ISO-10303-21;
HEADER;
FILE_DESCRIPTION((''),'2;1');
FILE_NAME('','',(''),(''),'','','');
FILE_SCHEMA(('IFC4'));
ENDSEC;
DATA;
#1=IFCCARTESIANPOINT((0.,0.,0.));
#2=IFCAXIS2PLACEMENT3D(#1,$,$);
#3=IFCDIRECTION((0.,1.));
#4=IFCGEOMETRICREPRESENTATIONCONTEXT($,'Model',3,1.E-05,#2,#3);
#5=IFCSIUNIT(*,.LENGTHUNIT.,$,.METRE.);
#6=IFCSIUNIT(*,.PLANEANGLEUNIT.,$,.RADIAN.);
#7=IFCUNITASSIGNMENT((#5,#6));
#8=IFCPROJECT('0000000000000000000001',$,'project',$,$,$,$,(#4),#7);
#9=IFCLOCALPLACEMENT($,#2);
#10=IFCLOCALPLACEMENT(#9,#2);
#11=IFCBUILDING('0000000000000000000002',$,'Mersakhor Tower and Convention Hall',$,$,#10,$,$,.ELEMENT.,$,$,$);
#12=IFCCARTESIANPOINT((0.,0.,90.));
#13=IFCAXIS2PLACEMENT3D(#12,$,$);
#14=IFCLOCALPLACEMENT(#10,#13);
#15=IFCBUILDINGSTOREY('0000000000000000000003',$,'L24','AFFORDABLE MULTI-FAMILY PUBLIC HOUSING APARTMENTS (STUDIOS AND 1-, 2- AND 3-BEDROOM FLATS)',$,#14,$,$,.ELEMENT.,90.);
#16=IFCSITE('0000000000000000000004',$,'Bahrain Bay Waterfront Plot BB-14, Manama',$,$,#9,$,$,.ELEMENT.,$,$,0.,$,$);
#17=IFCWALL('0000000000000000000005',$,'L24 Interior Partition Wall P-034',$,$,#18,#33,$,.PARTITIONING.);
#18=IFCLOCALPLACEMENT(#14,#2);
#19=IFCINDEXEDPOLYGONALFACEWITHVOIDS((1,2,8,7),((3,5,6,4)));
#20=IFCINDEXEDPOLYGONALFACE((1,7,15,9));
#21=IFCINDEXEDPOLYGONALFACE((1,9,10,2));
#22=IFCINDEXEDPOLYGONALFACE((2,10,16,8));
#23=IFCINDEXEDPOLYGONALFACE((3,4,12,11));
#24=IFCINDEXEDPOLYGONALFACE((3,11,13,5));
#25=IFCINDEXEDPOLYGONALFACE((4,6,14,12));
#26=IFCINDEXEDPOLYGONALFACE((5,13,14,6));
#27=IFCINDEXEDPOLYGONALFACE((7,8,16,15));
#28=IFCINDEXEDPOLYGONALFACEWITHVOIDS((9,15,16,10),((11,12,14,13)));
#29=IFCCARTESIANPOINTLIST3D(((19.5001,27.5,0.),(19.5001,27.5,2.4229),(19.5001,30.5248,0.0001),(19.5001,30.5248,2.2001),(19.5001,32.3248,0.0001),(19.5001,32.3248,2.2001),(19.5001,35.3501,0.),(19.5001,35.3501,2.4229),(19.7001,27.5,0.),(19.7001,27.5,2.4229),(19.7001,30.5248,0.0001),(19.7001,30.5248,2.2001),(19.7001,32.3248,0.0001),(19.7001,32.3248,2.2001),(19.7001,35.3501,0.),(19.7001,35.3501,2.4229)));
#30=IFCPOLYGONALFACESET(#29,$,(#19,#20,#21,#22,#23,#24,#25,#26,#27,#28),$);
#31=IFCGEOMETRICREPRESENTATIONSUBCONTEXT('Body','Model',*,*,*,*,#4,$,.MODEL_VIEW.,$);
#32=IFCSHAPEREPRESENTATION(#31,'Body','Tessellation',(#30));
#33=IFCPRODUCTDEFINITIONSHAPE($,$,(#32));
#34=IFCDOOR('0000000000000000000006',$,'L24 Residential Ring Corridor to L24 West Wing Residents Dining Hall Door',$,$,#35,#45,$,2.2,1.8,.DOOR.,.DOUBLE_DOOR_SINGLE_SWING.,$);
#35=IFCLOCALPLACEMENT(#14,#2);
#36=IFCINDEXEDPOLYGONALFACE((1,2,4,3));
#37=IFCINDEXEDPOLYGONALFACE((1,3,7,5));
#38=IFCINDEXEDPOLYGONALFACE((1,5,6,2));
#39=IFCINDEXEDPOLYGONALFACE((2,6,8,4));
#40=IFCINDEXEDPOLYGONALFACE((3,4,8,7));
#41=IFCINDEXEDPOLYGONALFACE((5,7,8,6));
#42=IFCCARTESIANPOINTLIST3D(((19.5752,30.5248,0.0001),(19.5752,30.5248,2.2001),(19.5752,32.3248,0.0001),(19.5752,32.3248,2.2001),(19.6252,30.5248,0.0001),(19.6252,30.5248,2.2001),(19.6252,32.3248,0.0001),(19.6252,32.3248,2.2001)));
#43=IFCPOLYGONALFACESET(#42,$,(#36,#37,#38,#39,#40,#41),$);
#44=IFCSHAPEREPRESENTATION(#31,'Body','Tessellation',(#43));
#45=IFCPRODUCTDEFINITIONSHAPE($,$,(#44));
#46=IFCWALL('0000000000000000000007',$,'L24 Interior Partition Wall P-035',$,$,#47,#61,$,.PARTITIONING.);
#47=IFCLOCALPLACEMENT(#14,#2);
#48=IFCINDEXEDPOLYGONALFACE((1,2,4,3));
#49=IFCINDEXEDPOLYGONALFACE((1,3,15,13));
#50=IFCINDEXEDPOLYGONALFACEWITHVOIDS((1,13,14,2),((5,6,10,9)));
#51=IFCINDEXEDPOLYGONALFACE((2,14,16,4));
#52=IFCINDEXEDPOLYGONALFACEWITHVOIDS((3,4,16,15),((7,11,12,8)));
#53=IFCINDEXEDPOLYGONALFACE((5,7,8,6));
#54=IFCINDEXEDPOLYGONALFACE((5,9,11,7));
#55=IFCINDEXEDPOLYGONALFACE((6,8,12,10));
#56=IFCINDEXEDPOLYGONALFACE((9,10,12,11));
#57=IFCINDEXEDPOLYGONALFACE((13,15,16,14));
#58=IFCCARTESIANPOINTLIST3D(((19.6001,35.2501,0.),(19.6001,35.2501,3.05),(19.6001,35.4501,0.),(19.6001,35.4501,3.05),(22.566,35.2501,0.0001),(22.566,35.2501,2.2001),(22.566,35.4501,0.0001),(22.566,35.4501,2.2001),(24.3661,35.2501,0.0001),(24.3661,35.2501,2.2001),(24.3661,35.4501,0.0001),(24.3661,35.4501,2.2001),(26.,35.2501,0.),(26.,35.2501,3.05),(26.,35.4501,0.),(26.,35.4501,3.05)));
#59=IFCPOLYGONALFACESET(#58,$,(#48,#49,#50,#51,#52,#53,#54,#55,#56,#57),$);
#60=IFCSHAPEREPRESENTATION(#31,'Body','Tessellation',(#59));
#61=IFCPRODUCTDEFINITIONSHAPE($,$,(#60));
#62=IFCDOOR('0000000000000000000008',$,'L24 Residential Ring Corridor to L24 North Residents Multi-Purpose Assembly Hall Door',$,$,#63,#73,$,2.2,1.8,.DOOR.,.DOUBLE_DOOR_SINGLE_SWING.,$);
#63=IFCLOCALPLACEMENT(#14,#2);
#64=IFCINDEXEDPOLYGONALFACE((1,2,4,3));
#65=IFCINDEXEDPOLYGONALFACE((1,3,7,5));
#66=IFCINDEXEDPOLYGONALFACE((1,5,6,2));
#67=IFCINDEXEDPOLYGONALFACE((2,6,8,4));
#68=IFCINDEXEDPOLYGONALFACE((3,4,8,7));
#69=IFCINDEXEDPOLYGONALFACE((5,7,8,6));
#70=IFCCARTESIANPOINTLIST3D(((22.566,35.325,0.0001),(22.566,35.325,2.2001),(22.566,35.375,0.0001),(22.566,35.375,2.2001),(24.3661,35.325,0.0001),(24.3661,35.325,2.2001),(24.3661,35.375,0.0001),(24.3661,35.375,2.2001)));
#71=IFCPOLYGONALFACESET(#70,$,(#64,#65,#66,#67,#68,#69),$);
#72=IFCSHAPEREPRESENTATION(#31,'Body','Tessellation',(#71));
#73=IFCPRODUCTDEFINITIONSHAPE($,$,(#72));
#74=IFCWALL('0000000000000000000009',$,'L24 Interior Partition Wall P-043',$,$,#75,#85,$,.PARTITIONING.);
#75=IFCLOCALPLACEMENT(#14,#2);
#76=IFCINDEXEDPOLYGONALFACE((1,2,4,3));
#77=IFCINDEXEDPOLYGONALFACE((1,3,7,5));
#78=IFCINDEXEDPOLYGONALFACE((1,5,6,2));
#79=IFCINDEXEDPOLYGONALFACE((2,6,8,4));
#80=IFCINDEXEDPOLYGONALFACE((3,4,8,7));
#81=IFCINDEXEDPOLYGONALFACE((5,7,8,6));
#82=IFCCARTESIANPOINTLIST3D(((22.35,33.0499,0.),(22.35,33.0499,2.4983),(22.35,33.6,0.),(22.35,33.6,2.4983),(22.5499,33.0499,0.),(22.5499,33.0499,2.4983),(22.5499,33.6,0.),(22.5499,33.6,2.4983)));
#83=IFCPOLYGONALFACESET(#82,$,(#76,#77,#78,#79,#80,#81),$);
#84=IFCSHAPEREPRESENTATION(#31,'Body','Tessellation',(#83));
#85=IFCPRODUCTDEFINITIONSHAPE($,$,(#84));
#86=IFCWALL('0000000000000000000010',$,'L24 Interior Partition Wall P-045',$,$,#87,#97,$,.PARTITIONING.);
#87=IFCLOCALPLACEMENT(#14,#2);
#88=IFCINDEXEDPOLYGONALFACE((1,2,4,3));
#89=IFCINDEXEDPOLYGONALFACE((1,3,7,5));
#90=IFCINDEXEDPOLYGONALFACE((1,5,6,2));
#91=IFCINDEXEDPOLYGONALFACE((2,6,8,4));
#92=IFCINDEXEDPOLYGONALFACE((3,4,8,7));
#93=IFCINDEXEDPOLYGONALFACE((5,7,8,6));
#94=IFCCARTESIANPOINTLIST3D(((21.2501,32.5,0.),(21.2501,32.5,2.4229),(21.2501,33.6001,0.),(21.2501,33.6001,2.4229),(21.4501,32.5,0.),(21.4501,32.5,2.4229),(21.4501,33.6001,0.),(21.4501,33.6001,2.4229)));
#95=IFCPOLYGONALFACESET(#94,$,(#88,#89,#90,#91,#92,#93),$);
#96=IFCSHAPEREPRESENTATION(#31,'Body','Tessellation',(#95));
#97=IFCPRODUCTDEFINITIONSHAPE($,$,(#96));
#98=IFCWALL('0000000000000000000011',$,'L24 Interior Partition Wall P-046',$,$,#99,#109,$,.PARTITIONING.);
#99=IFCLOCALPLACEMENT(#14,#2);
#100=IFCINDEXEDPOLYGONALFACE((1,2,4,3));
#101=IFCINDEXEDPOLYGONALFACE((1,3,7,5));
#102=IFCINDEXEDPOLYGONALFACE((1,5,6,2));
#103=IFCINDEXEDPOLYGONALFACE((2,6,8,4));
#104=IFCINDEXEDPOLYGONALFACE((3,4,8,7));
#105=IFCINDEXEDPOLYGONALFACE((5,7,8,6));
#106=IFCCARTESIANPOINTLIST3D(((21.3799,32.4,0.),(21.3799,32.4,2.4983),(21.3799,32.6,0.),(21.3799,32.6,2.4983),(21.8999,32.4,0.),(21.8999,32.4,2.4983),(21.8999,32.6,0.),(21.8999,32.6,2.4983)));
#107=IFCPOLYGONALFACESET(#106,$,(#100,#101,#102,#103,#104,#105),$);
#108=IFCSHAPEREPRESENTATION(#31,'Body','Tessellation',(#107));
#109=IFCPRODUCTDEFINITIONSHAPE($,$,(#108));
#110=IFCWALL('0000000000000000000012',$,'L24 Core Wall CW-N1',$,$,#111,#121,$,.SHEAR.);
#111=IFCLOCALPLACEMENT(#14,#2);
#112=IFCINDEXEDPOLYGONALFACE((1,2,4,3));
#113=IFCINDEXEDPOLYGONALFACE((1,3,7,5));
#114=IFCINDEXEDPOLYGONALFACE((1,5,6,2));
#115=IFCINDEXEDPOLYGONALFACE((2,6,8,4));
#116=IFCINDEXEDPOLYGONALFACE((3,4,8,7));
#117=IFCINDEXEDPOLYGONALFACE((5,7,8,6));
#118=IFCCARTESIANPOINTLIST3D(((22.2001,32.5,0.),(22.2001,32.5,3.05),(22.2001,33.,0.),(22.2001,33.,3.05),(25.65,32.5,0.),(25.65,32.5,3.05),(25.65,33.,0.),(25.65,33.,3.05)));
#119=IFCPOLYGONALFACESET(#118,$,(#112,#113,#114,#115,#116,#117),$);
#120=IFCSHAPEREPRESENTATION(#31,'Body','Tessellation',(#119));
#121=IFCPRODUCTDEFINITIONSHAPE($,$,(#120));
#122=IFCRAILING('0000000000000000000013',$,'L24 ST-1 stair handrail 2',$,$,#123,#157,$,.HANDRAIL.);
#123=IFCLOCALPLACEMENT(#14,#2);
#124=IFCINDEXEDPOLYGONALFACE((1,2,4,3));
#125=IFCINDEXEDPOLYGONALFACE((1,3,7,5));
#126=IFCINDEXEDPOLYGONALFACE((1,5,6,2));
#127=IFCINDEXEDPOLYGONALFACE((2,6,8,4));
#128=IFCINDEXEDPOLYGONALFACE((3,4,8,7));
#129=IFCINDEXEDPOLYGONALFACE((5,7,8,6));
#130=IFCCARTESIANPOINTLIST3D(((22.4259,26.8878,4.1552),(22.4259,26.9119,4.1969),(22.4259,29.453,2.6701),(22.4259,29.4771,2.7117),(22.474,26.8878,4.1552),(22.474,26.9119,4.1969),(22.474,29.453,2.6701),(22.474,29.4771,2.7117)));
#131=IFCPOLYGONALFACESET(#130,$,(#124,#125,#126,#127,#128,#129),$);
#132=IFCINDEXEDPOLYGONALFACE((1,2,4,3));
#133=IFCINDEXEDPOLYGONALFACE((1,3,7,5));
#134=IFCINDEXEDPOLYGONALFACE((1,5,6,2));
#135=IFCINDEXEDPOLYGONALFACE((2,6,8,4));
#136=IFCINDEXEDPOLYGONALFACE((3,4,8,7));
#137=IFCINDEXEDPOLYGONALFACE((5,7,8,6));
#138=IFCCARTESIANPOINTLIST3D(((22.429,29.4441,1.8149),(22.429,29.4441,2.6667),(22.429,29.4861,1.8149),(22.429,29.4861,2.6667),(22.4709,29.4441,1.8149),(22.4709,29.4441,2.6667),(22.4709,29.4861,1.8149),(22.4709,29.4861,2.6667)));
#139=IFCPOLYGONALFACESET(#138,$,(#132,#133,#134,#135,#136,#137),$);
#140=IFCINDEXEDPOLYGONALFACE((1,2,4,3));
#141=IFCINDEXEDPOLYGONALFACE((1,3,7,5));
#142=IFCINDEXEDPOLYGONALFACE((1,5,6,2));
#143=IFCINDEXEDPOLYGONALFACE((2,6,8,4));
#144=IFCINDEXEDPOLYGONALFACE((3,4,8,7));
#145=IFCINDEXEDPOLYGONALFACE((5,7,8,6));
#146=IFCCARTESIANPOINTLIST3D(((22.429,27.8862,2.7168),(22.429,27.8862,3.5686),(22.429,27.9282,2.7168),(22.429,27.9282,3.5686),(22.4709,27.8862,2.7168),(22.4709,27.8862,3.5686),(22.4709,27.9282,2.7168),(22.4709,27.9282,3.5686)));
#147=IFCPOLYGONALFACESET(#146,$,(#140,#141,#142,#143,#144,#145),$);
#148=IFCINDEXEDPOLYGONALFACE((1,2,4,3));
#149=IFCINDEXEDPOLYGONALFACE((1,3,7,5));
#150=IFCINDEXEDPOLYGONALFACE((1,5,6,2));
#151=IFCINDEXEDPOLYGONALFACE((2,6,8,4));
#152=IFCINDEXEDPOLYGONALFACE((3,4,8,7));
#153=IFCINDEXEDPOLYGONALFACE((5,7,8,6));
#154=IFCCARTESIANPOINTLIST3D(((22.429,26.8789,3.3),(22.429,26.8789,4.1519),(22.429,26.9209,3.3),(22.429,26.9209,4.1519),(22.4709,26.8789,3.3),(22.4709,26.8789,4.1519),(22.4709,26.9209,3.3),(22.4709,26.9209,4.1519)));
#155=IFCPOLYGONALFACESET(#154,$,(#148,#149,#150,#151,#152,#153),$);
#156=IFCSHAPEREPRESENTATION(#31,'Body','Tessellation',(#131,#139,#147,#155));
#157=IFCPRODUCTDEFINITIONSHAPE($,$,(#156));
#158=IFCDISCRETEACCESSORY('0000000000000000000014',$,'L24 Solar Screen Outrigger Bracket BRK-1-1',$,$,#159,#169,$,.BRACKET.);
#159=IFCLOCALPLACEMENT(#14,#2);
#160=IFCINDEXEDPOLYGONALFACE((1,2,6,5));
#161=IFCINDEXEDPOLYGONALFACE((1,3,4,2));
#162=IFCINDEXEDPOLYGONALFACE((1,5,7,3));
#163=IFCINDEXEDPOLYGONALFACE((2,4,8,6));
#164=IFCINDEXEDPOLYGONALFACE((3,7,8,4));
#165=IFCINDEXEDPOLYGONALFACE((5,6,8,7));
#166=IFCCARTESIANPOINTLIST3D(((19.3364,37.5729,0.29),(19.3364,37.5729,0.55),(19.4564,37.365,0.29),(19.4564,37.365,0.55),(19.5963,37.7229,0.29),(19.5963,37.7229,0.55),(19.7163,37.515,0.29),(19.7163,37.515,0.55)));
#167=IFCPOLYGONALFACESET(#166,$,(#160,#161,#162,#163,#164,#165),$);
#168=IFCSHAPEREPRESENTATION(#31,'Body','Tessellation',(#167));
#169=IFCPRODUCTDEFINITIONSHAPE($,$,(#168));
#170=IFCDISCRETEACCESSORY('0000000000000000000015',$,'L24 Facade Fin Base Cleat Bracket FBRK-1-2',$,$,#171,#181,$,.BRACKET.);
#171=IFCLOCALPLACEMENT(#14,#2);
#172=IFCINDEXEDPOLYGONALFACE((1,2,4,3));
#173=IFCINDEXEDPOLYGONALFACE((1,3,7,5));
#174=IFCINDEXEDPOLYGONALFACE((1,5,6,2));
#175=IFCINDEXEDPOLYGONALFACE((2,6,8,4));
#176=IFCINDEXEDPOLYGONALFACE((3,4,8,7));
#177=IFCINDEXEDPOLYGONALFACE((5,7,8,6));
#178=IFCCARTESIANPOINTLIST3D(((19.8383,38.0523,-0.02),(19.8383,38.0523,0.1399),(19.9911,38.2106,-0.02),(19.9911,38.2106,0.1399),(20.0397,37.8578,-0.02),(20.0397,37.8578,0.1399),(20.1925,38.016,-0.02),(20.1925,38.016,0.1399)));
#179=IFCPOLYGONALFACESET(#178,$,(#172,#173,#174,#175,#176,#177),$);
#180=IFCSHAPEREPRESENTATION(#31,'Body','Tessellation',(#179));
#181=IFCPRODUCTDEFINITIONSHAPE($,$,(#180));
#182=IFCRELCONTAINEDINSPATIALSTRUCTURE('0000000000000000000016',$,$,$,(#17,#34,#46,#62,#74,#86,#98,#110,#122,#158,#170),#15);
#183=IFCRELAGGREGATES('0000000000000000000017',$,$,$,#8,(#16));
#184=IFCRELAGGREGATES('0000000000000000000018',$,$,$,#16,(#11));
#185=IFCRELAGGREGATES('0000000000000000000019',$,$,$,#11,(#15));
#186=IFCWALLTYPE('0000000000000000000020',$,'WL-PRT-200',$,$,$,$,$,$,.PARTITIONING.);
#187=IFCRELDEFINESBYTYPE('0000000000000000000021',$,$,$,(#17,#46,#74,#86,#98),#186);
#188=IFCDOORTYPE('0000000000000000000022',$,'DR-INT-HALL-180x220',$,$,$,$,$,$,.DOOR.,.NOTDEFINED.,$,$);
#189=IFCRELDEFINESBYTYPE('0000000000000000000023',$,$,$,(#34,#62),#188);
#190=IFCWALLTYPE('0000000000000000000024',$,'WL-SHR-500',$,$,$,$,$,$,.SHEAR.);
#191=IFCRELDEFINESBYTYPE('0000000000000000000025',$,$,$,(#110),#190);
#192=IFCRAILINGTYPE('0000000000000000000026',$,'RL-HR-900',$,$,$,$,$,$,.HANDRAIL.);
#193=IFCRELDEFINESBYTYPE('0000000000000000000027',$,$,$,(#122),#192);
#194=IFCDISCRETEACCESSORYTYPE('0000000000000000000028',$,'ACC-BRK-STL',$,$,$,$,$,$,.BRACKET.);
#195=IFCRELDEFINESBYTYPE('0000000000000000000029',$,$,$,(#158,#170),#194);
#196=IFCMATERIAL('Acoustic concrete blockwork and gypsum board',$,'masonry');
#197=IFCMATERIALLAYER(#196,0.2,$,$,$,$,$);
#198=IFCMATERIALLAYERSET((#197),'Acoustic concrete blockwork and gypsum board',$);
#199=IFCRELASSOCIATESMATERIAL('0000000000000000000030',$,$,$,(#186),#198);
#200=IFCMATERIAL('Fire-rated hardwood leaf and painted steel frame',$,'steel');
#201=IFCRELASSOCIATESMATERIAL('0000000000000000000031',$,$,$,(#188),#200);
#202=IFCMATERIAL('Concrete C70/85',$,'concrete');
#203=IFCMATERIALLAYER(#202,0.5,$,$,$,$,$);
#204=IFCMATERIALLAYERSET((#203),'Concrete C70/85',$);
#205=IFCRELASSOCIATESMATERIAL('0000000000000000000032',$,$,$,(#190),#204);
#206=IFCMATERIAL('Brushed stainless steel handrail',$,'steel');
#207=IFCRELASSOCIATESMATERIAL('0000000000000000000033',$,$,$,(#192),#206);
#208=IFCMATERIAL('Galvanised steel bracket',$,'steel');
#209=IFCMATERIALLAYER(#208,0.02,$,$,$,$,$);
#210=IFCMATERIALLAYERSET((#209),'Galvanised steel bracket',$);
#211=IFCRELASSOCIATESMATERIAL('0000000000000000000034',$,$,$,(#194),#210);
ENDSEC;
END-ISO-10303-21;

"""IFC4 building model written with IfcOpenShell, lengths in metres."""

from ifc_helpers import new_model, si_unit, direction, frame, frame_2d, origin, origin_2d, place, context, subcontext, project, spatial, rectangle, extrude, material, layer, layer_set, type_object, element, fill, save


model = new_model("IFC4")

# Units and contexts
model_context = context("Model", 3, precision=1e-05, world=origin(), true_north=direction((0.0, 1.0)))
body_context = subcontext(model_context, "Body", "Model", "MODEL_VIEW")
ifc_project = project(units=[si_unit("LENGTHUNIT", "METRE"), si_unit("PLANEANGLEUNIT", "RADIAN")], contexts=[model_context])

# Site, building, storey
site_placement = place(None, origin())
site = spatial("IfcSite", under=ifc_project, at=site_placement, Name="Bahrain Bay Waterfront Plot BB-14, Manama", CompositionType="ELEMENT", RefElevation=0.0)
building_placement = place(site_placement, origin())
building = spatial("IfcBuilding", under=site, at=building_placement, Name="Mersakhor Tower and Convention Hall", CompositionType="ELEMENT")
storey_placement = place(building_placement, frame((0.0, 0.0, 90.0)))
storey = spatial("IfcBuildingStorey", under=building, at=storey_placement, Name="L24", Description="AFFORDABLE MULTI-FAMILY PUBLIC HOUSING APARTMENTS (STUDIOS AND 1-, 2- AND 3-BEDROOM FLATS)", CompositionType="ELEMENT", Elevation=90.0)

# Walls, openings, doors
ifc_material_1 = material(Name="Acoustic concrete blockwork and gypsum board", Category="masonry")
ifc_layer_1 = layer(ifc_material_1, 0.2)
ifc_layer_set_1 = layer_set([ifc_layer_1], Name="Acoustic concrete blockwork and gypsum board")
wall_type_1 = type_object("IfcWallType", Name="WL-PRT-200", PredefinedType="PARTITIONING", material=ifc_layer_set_1)
wall_1_placement = place(storey_placement, frame((19.6001, 27.5, 0.0), z_axis=(0.0, 0.0, 1.0), x_axis=(0.0, 1.0, 0.0)))
wall_1 = element("IfcWall", 1, at=wall_1_placement, inside=storey, type_object=wall_type_1, Name="L24 Interior Partition Wall P-034", PredefinedType="PARTITIONING", context=body_context, shape_type="SweptSolid", body=[
    extrude(rectangle(XDim=7.8501, YDim=0.2, at=frame_2d((3.925, 0.0))), origin(), (0.0, 0.0, 1.0), 2.4229),
])
opening_1_placement = place(wall_1_placement, frame((3.0249, 0.0, 0.0)))
opening_1 = element("IfcOpeningElement", 2, at=opening_1_placement, cuts=wall_1, PredefinedType="OPENING", context=body_context, shape_type="SweptSolid", body=[
    extrude(rectangle(XDim=1.8, YDim=2.2, at=frame_2d((0.8999, 1.1001))), frame((0.0, 0.1099, 0.0), z_axis=(0.0, -1.0, 0.0), x_axis=(1.0, 0.0, 0.0)), (0.0, 0.0, 1.0), 0.22),
])
ifc_material_2 = material(Name="Fire-rated hardwood leaf and painted steel frame", Category="steel")
door_type = type_object("IfcDoorType", Name="DR-INT-HALL-180x220", OperationType="NOTDEFINED", PredefinedType="DOOR", material=ifc_material_2)
door_1_placement = place(opening_1_placement, origin())
door_1 = element("IfcDoor", 3, at=door_1_placement, inside=storey, type_object=door_type, Name="L24 Residential Ring Corridor to L24 West Wing Residents Dining Hall Door", OperationType="DOUBLE_DOOR_SINGLE_SWING", OverallHeight=2.2, OverallWidth=1.8, PredefinedType="DOOR", context=body_context, shape_type="SweptSolid", body=[
    extrude(rectangle(XDim=1.8, YDim=2.2, at=frame_2d((0.8999, 1.1001))), frame((0.0, 0.0249, 0.0), z_axis=(0.0, -1.0, 0.0), x_axis=(1.0, 0.0, 0.0)), (0.0, 0.0, 1.0), 0.05),
])
fill(opening_1, door_1)
wall_2_placement = place(storey_placement, frame((19.6001, 35.3501, 0.0), z_axis=(0.0, 0.0, 1.0), x_axis=(1.0, 0.0, 0.0)))
wall_2 = element("IfcWall", 4, at=wall_2_placement, inside=storey, type_object=wall_type_1, Name="L24 Interior Partition Wall P-035", PredefinedType="PARTITIONING", context=body_context, shape_type="SweptSolid", body=[
    extrude(rectangle(XDim=6.3999, YDim=0.2, at=frame_2d((3.2, 0.0))), origin(), (0.0, 0.0, 1.0), 3.05),
])
opening_2_placement = place(wall_2_placement, frame((2.9661, 0.0, 0.0)))
opening_2 = element("IfcOpeningElement", 5, at=opening_2_placement, cuts=wall_2, PredefinedType="OPENING", context=body_context, shape_type="SweptSolid", body=[
    extrude(rectangle(XDim=1.8, YDim=2.2, at=frame_2d((0.8999, 1.1001))), frame((0.0, 0.1099, 0.0), z_axis=(0.0, -1.0, 0.0), x_axis=(1.0, 0.0, 0.0)), (0.0, 0.0, 1.0), 0.22),
])
door_2_placement = place(opening_2_placement, origin())
door_2 = element("IfcDoor", 6, at=door_2_placement, inside=storey, type_object=door_type, Name="L24 Residential Ring Corridor to L24 North Residents Multi-Purpose Assembly Hall Door", OperationType="DOUBLE_DOOR_SINGLE_SWING", OverallHeight=2.2, OverallWidth=1.8, PredefinedType="DOOR", context=body_context, shape_type="SweptSolid", body=[
    extrude(rectangle(XDim=1.8, YDim=2.2, at=frame_2d((0.8999, 1.1001))), frame((0.0, 0.0249, 0.0), z_axis=(0.0, -1.0, 0.0), x_axis=(1.0, 0.0, 0.0)), (0.0, 0.0, 1.0), 0.05),
])
fill(opening_2, door_2)

# Walls
wall_3_placement = place(storey_placement, frame((22.45, 33.05, 0.0), z_axis=(0.0, 0.0, 1.0), x_axis=(0.0, 1.0, 0.0)))
element("IfcWall", 7, at=wall_3_placement, inside=storey, type_object=wall_type_1, Name="L24 Interior Partition Wall P-043", PredefinedType="PARTITIONING", context=body_context, shape_type="SweptSolid", body=[
    extrude(rectangle(XDim=0.55, YDim=0.2, at=frame_2d((0.2749, 0.0))), origin(), (0.0, 0.0, 1.0), 2.4983),
])
wall_4_placement = place(storey_placement, frame((21.3501, 33.6001, 0.0), z_axis=(0.0, 0.0, 1.0), x_axis=(0.0, -1.0, 0.0)))
element("IfcWall", 8, at=wall_4_placement, inside=storey, type_object=wall_type_1, Name="L24 Interior Partition Wall P-045", PredefinedType="PARTITIONING", context=body_context, shape_type="SweptSolid", body=[
    extrude(rectangle(XDim=1.1001, YDim=0.2, at=frame_2d((0.55, 0.0))), origin(), (0.0, 0.0, 1.0), 2.4229),
])
wall_5_placement = place(storey_placement, frame((21.3799, 32.5, 0.0), z_axis=(0.0, 0.0, 1.0), x_axis=(1.0, 0.0, 0.0)))
element("IfcWall", 9, at=wall_5_placement, inside=storey, type_object=wall_type_1, Name="L24 Interior Partition Wall P-046", PredefinedType="PARTITIONING", context=body_context, shape_type="SweptSolid", body=[
    extrude(rectangle(XDim=0.52, YDim=0.2, at=frame_2d((0.26, 0.0))), origin(), (0.0, 0.0, 1.0), 2.4983),
])
ifc_material_3 = material(Name="Concrete C70/85", Category="concrete")
ifc_layer_2 = layer(ifc_material_3, 0.5)
ifc_layer_set_2 = layer_set([ifc_layer_2], Name="Concrete C70/85")
wall_type_2 = type_object("IfcWallType", Name="WL-SHR-500", PredefinedType="SHEAR", material=ifc_layer_set_2)
wall_6_placement = place(storey_placement, frame((22.2, 32.75, 0.0), z_axis=(0.0, 0.0, 1.0), x_axis=(1.0, 0.0, 0.0)))
element("IfcWall", 10, at=wall_6_placement, inside=storey, type_object=wall_type_2, Name="L24 Core Wall CW-N1", PredefinedType="SHEAR", context=body_context, shape_type="SweptSolid", body=[
    extrude(rectangle(XDim=3.45, YDim=0.5, at=frame_2d((1.7251, 0.0))), origin(), (0.0, 0.0, 1.0), 3.05),
])

# Railing
ifc_material_4 = material(Name="Brushed stainless steel handrail", Category="steel")
railing_type = type_object("IfcRailingType", Name="RL-HR-900", PredefinedType="HANDRAIL", material=ifc_material_4)
railing_placement = place(storey_placement, frame((22.45, 29.4651, 1.8149)))
element("IfcRailing", 11, at=railing_placement, inside=storey, type_object=railing_type, Name="L24 ST-1 stair handrail 2", PredefinedType="HANDRAIL", context=body_context, shape_type="SweptSolid", body=[
    extrude(rectangle(XDim=0.0481, YDim=0.0481, at=origin_2d()), frame((0.0, 0.0, 0.876), z_axis=(0.0, -0.865426, 0.501036), x_axis=(1.0, 0.0, 0.0)), (0.0, 0.0, 1.0), 2.9641),
    extrude(rectangle(XDim=0.042, YDim=0.042, at=origin_2d()), origin(), (0.0, 0.0, 1.0), 0.8518),
    extrude(rectangle(XDim=0.042, YDim=0.042, at=origin_2d()), frame((0.0, -1.5579, 0.9019)), (0.0, 0.0, 1.0), 0.8518),
    extrude(rectangle(XDim=0.042, YDim=0.042, at=origin_2d()), frame((0.0, -2.5652, 1.4851)), (0.0, 0.0, 1.0), 0.8518),
])

# Discrete accessories
ifc_material_5 = material(Name="Galvanised steel bracket", Category="steel")
ifc_layer_3 = layer(ifc_material_5, 0.02)
ifc_layer_set_3 = layer_set([ifc_layer_3], Name="Galvanised steel bracket")
discrete_accessory_type = type_object("IfcDiscreteAccessoryType", Name="ACC-BRK-STL", PredefinedType="BRACKET", material=ifc_layer_set_3)
discrete_accessory_1_placement = place(storey_placement, frame((19.5264, 37.5439, 0.29), z_axis=(0.0, 0.0, 1.0), x_axis=(0.866025, 0.5, 0.0)))
element("IfcDiscreteAccessory", 12, at=discrete_accessory_1_placement, inside=storey, type_object=discrete_accessory_type, Name="L24 Solar Screen Outrigger Bracket BRK-1-1", PredefinedType="BRACKET", context=body_context, shape_type="SweptSolid", body=[
    extrude(rectangle(XDim=0.3, YDim=0.24, at=origin_2d()), origin(), (0.0, 0.0, 1.0), 0.26),
])
discrete_accessory_2_placement = place(storey_placement, frame((20.0154, 38.0342, -0.02), z_axis=(0.0, 0.0, 1.0), x_axis=(-0.71934, 0.694658, 0.0)))
element("IfcDiscreteAccessory", 13, at=discrete_accessory_2_placement, inside=storey, type_object=discrete_accessory_type, Name="L24 Facade Fin Base Cleat Bracket FBRK-1-2", PredefinedType="BRACKET", context=body_context, shape_type="SweptSolid", body=[
    extrude(rectangle(XDim=0.28, YDim=0.22, at=origin_2d()), origin(), (0.0, 0.0, 1.0), 0.1599),
])

save(model, "model.ifc")
